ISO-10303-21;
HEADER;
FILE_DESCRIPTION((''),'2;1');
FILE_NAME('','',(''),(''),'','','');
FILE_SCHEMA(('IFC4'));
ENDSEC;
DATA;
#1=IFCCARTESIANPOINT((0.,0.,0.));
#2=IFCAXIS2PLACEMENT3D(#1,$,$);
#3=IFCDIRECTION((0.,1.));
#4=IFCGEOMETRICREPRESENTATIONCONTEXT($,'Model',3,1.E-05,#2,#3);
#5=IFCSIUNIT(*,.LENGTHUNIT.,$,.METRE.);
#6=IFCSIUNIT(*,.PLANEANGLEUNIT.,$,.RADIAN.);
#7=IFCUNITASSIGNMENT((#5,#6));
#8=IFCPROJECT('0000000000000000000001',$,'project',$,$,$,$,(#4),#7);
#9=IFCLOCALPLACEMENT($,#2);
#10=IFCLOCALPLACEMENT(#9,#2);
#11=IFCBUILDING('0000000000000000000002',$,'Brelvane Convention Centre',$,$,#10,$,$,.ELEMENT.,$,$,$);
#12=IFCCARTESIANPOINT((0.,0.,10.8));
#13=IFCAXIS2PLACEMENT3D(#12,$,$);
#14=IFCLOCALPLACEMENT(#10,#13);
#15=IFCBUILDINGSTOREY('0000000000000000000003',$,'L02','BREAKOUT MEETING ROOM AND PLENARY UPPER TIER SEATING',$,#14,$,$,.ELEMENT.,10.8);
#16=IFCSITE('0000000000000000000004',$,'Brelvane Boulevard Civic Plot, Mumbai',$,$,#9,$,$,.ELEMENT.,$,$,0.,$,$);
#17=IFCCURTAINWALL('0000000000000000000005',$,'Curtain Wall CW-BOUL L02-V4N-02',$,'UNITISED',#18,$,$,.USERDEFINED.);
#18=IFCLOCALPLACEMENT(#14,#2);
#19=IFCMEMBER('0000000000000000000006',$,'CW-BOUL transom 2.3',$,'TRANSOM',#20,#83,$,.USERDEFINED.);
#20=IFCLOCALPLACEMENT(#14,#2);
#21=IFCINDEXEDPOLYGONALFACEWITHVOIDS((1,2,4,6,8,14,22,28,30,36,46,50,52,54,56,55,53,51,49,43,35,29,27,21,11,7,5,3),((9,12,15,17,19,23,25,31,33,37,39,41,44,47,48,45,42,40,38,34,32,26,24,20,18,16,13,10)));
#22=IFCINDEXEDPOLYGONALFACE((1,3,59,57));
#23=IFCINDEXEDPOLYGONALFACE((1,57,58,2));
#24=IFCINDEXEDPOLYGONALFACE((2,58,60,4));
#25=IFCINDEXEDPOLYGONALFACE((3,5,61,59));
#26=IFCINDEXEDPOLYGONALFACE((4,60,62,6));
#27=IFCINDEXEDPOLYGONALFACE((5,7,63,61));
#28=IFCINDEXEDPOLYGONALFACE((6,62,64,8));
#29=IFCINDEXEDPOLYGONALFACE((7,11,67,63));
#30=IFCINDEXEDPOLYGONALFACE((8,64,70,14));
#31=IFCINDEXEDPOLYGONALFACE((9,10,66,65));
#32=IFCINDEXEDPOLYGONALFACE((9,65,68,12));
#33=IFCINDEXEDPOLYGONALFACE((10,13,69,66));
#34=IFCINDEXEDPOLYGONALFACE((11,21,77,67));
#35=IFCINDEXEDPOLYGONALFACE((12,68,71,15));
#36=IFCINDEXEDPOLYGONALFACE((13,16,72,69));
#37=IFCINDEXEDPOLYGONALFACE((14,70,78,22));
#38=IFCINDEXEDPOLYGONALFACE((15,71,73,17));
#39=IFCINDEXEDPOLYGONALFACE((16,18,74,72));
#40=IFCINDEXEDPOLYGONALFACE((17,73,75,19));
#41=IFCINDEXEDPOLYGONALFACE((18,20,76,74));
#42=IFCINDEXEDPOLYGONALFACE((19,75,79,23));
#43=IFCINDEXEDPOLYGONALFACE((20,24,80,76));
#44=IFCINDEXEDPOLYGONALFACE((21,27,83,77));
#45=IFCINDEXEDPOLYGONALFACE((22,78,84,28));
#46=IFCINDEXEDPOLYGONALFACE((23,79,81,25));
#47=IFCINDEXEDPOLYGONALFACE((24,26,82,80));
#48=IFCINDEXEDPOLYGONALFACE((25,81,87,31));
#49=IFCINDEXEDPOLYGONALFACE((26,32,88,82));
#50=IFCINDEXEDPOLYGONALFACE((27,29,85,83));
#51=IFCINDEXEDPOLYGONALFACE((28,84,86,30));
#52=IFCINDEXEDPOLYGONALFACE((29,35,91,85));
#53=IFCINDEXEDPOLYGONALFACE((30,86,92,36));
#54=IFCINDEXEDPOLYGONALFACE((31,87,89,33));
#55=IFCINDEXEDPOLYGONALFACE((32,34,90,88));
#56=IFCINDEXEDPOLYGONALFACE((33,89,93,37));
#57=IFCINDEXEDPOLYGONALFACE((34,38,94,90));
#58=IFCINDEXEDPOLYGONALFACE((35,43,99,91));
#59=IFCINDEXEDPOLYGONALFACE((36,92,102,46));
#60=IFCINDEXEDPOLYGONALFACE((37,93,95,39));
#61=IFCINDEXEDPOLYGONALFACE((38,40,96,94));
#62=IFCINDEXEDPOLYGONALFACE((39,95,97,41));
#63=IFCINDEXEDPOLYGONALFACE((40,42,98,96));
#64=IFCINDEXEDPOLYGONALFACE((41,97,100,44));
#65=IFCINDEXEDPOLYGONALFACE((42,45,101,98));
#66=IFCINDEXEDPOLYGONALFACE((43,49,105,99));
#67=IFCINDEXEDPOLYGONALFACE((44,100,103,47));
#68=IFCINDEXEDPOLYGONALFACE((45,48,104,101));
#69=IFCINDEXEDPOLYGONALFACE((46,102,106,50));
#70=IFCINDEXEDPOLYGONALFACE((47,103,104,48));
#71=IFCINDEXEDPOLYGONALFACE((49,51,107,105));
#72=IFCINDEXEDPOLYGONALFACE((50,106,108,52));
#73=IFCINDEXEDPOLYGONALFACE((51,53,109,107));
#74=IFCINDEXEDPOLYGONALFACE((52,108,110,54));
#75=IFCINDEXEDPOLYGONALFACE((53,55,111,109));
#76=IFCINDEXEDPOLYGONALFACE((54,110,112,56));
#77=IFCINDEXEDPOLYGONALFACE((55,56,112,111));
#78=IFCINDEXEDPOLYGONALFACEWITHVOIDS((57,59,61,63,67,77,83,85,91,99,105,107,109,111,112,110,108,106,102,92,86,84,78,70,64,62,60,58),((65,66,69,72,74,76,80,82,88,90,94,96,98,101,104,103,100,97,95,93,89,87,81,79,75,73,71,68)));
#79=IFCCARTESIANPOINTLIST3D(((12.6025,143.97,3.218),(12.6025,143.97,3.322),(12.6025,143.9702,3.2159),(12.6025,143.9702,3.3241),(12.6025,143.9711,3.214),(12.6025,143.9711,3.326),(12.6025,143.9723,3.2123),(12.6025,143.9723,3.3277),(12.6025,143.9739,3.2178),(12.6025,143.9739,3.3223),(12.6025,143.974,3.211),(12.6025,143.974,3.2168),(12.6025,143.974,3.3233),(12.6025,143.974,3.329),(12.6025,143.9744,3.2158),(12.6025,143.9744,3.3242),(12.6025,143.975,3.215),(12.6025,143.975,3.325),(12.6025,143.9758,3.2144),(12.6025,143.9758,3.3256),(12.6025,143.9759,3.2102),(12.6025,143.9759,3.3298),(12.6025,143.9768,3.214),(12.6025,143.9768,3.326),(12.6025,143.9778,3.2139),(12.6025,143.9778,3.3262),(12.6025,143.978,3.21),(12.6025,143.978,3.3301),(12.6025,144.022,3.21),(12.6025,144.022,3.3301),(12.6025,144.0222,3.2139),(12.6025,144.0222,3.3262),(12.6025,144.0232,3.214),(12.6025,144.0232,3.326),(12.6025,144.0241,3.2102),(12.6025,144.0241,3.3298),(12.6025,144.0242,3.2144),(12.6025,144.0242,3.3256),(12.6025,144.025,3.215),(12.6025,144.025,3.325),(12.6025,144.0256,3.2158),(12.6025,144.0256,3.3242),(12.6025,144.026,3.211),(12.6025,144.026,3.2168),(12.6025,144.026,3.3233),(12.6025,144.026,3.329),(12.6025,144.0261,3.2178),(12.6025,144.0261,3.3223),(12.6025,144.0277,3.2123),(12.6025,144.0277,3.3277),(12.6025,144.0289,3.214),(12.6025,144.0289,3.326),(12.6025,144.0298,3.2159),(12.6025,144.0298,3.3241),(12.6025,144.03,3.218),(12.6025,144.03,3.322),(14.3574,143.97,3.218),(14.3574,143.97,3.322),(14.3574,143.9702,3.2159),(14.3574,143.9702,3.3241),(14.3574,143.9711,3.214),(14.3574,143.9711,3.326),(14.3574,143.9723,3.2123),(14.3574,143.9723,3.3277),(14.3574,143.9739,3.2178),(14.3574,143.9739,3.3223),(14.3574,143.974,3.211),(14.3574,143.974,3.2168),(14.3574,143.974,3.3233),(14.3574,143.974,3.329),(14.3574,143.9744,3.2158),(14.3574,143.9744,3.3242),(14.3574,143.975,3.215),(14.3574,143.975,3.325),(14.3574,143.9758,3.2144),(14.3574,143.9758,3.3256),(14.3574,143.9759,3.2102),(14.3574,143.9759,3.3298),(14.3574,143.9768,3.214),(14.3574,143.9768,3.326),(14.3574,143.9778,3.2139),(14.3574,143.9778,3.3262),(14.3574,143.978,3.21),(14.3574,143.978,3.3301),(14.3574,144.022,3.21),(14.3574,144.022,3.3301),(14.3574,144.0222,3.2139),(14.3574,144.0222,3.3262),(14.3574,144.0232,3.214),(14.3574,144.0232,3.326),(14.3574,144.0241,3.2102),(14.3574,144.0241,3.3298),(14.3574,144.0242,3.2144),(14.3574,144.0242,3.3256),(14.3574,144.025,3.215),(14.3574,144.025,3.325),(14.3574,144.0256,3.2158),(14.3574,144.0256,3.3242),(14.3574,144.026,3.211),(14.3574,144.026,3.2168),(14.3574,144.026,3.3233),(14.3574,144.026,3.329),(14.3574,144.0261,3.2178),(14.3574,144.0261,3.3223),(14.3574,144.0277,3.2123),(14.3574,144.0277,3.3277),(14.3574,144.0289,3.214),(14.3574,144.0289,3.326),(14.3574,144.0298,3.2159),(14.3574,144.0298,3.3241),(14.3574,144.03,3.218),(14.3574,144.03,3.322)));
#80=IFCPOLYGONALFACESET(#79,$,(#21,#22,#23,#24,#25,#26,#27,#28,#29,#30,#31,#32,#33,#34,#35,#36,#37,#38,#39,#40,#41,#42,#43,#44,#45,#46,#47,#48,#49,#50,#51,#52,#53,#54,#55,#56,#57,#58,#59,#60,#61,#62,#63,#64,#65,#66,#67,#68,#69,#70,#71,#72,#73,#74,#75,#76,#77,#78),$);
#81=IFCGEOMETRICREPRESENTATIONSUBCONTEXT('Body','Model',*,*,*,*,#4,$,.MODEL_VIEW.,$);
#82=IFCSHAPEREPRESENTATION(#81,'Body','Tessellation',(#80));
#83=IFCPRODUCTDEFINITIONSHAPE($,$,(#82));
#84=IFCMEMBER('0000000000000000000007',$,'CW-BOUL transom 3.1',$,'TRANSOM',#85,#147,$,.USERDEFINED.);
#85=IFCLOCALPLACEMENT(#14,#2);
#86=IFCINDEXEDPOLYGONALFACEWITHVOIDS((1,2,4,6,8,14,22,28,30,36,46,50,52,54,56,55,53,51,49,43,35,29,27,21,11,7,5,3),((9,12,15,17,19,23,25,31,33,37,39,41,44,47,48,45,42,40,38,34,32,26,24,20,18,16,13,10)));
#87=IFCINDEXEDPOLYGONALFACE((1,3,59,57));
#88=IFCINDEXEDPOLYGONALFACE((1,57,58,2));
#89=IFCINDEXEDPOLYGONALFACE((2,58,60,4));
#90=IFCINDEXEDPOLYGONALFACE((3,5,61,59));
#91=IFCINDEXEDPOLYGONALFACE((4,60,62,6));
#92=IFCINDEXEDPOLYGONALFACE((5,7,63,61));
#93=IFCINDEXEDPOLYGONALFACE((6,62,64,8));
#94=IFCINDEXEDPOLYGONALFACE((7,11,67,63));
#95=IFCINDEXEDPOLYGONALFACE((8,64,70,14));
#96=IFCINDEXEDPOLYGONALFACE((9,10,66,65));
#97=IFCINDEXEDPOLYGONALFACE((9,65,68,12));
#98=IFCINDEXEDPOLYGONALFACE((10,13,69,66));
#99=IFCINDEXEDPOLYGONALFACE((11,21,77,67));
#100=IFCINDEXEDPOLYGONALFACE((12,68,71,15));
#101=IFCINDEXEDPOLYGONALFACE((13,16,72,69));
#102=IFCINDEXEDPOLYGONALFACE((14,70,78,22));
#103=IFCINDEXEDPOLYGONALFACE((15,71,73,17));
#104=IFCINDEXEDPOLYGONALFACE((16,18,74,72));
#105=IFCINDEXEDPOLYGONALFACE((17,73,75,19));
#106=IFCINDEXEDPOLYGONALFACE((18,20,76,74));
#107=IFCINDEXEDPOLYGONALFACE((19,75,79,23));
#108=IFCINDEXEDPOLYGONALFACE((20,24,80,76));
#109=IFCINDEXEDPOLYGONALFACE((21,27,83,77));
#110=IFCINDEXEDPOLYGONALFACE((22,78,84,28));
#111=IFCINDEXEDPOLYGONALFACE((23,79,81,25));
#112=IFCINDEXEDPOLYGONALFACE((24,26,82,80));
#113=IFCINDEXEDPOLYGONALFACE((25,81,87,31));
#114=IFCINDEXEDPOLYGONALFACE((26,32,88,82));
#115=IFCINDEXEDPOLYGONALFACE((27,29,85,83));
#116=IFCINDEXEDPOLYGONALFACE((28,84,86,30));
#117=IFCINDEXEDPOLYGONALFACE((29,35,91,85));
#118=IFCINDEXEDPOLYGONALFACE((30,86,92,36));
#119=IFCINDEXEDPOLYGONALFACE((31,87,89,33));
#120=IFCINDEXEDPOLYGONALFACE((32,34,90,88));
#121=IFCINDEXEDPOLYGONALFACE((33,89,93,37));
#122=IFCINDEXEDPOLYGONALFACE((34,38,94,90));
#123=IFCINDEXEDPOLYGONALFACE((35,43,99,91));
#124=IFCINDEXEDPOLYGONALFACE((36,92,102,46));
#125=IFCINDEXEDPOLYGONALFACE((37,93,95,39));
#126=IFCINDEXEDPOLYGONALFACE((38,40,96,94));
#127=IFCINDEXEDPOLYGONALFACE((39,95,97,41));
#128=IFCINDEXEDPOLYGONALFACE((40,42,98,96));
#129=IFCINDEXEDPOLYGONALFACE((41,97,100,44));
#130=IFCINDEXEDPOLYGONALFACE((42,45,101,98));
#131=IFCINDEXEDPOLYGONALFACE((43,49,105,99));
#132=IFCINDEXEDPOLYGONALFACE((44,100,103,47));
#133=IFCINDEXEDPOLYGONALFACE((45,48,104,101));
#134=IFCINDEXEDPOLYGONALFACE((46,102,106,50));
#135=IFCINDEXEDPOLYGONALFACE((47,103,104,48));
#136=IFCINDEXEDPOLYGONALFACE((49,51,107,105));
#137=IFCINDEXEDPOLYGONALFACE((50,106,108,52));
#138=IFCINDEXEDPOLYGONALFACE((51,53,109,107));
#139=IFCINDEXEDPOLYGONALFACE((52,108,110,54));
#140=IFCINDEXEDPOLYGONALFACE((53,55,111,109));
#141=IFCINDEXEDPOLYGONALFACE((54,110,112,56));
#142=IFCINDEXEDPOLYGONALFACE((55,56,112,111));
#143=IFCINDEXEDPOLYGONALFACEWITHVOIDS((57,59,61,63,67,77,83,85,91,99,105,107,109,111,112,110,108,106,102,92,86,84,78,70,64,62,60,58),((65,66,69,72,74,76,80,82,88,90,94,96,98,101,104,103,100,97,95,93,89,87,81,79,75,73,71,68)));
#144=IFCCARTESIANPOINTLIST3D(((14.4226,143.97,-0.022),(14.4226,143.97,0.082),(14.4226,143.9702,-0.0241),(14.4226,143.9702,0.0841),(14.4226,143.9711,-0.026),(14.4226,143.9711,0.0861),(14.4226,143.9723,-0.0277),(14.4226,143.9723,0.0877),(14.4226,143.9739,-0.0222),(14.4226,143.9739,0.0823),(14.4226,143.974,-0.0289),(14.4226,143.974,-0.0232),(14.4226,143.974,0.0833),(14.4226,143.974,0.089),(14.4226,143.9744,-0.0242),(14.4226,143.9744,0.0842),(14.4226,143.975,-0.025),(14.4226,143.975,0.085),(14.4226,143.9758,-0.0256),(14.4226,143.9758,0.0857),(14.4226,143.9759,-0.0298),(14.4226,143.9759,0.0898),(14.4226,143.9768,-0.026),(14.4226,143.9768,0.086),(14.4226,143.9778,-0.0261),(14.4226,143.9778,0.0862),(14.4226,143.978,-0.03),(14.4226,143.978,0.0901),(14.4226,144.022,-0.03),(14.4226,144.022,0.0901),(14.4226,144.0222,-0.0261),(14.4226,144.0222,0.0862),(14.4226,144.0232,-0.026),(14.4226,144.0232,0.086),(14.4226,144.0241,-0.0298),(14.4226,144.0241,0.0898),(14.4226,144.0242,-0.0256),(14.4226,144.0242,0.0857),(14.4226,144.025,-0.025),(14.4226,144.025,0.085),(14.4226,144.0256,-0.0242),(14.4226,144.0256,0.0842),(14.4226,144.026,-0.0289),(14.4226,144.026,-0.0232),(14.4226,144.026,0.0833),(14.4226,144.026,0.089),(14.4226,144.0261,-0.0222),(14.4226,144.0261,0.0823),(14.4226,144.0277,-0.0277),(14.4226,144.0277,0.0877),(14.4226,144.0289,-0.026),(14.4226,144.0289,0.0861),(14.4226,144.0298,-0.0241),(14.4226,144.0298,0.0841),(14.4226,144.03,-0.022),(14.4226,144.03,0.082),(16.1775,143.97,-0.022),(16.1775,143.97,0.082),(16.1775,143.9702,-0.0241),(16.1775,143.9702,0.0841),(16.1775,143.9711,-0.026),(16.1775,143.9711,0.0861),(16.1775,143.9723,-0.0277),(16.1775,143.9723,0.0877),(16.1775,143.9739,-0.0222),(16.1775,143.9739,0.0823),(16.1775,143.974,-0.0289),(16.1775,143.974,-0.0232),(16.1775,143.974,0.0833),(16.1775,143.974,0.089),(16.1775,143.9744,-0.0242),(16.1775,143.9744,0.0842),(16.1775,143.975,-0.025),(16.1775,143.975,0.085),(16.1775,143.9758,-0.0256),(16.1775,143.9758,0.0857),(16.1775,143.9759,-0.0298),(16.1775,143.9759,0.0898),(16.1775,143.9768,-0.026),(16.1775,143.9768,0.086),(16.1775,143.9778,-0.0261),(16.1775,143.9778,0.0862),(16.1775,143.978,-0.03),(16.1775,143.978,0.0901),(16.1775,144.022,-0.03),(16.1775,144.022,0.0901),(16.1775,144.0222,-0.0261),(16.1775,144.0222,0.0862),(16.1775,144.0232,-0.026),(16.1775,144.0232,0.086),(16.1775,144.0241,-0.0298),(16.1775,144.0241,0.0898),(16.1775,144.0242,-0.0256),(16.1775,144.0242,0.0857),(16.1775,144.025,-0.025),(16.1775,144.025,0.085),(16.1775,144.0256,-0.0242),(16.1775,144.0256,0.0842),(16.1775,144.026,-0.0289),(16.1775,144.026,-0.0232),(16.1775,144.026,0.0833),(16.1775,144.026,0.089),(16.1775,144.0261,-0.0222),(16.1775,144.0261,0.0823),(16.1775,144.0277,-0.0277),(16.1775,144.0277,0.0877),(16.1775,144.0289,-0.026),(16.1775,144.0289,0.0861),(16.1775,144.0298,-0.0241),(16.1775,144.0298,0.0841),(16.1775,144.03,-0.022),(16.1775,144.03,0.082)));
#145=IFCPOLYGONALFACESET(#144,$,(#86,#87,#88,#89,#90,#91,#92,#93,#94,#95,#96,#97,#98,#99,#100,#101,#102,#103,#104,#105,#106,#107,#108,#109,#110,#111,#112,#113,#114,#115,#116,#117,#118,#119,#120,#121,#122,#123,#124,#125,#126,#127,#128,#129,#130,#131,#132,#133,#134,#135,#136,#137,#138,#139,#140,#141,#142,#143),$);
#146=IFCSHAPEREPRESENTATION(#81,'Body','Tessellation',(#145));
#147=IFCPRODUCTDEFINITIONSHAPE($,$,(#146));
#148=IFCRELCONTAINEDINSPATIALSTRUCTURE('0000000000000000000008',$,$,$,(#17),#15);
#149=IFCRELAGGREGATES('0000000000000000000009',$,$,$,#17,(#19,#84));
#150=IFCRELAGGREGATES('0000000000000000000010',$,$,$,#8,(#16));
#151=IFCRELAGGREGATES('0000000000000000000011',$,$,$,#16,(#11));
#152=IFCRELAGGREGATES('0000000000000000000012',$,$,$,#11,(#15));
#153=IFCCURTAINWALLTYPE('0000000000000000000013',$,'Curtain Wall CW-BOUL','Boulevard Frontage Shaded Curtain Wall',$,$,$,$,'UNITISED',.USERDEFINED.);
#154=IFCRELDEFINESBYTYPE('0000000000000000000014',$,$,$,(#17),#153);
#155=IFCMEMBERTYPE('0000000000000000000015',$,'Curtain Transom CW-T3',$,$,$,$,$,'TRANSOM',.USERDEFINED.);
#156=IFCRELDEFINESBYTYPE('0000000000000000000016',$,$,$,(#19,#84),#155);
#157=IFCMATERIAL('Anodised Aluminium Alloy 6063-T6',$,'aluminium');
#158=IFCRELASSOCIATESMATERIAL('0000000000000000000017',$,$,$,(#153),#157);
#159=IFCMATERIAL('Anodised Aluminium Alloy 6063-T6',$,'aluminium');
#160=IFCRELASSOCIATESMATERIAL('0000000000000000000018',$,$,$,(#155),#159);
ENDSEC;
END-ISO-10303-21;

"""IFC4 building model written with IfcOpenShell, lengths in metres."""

from ifc_helpers import new_model, si_unit, direction, frame, origin, origin_2d, place, context, subcontext, project, spatial, hollow_rectangle, extrude, material, material_profile, profile_set, type_object, element, aggregate, save


model = new_model("IFC4")

# Units and contexts
model_context = context("Model", 3, precision=1e-05, world=origin(), true_north=direction((0.0, 1.0)))
body_context = subcontext(model_context, "Body", "Model", "MODEL_VIEW")
ifc_project = project(units=[si_unit("LENGTHUNIT", "METRE"), si_unit("PLANEANGLEUNIT", "RADIAN")], contexts=[model_context])

# Site, building, storey
site_placement = place(None, origin())
site = spatial("IfcSite", under=ifc_project, at=site_placement, Name="Brelvane Boulevard Civic Plot, Mumbai", CompositionType="ELEMENT", RefElevation=0.0)
building_placement = place(site_placement, origin())
building = spatial("IfcBuilding", under=site, at=building_placement, Name="Brelvane Convention Centre", CompositionType="ELEMENT")
storey_placement = place(building_placement, frame((0.0, 0.0, 10.8)))
storey = spatial("IfcBuildingStorey", under=building, at=storey_placement, Name="L02", Description="BREAKOUT MEETING ROOM AND PLENARY UPPER TIER SEATING", CompositionType="ELEMENT", Elevation=10.8)

# Curtain wall, members
ifc_material_1 = material(Name="Anodised Aluminium Alloy 6063-T6", Category="aluminium")
curtain_wall_type = type_object("IfcCurtainWallType", Name="Curtain Wall CW-BOUL", Description="Boulevard Frontage Shaded Curtain Wall", ElementType="UNITISED", PredefinedType="USERDEFINED", material=ifc_material_1)
curtain_wall_placement = place(storey_placement, origin())
curtain_wall = element("IfcCurtainWall", 1, at=curtain_wall_placement, inside=storey, type_object=curtain_wall_type, Name="Curtain Wall CW-BOUL L02-V4N-02", ObjectType="UNITISED", PredefinedType="USERDEFINED")
ifc_material_2 = material(Name="Anodised Aluminium Alloy 6063-T6", Category="aluminium")
ifc_material_profile_1 = material_profile(ifc_material_2, hollow_rectangle(XDim=0.0601, YDim=0.1201, WallThickness=0.0039, InnerFilletRadius=0.0039, OuterFilletRadius=0.0081, at=origin_2d()), Name="ALU-T 120x60x4.0")
ifc_profile_set_1 = profile_set([ifc_material_profile_1], Name="Anodised Aluminium Alloy 6063-T6")
member_type_1 = type_object("IfcMemberType", Name="Curtain Transom CW-T3", ElementType="TRANSOM", PredefinedType="USERDEFINED", material=ifc_profile_set_1)
member_1_placement = place(storey_placement, frame((12.6025, 144.0, 3.27), z_axis=(1.0, 0.0, 0.0), x_axis=(0.0, 1.0, 0.0)))
member_1 = element("IfcMember", 2, at=member_1_placement, type_object=member_type_1, Name="CW-BOUL transom 2.3", ObjectType="TRANSOM", PredefinedType="USERDEFINED", context=body_context, shape_type="SweptSolid", body=[
    extrude(hollow_rectangle(XDim=0.0601, YDim=0.1201, WallThickness=0.0039, InnerFilletRadius=0.0039, OuterFilletRadius=0.0081, at=origin_2d()), origin(), (0.0, 0.0, 1.0), 1.7549),
])
member_2_placement = place(storey_placement, frame((14.4226, 144.0, 0.03), z_axis=(1.0, 0.0, 0.0), x_axis=(0.0, 1.0, 0.0)))
member_2 = element("IfcMember", 3, at=member_2_placement, type_object=member_type_1, Name="CW-BOUL transom 3.1", ObjectType="TRANSOM", PredefinedType="USERDEFINED", context=body_context, shape_type="SweptSolid", body=[
    extrude(hollow_rectangle(XDim=0.0601, YDim=0.1201, WallThickness=0.0039, InnerFilletRadius=0.0039, OuterFilletRadius=0.0081, at=origin_2d()), origin(), (0.0, 0.0, 1.0), 1.7549),
])

aggregate(curtain_wall, [member_1, member_2])

save(model, "model.ifc")
